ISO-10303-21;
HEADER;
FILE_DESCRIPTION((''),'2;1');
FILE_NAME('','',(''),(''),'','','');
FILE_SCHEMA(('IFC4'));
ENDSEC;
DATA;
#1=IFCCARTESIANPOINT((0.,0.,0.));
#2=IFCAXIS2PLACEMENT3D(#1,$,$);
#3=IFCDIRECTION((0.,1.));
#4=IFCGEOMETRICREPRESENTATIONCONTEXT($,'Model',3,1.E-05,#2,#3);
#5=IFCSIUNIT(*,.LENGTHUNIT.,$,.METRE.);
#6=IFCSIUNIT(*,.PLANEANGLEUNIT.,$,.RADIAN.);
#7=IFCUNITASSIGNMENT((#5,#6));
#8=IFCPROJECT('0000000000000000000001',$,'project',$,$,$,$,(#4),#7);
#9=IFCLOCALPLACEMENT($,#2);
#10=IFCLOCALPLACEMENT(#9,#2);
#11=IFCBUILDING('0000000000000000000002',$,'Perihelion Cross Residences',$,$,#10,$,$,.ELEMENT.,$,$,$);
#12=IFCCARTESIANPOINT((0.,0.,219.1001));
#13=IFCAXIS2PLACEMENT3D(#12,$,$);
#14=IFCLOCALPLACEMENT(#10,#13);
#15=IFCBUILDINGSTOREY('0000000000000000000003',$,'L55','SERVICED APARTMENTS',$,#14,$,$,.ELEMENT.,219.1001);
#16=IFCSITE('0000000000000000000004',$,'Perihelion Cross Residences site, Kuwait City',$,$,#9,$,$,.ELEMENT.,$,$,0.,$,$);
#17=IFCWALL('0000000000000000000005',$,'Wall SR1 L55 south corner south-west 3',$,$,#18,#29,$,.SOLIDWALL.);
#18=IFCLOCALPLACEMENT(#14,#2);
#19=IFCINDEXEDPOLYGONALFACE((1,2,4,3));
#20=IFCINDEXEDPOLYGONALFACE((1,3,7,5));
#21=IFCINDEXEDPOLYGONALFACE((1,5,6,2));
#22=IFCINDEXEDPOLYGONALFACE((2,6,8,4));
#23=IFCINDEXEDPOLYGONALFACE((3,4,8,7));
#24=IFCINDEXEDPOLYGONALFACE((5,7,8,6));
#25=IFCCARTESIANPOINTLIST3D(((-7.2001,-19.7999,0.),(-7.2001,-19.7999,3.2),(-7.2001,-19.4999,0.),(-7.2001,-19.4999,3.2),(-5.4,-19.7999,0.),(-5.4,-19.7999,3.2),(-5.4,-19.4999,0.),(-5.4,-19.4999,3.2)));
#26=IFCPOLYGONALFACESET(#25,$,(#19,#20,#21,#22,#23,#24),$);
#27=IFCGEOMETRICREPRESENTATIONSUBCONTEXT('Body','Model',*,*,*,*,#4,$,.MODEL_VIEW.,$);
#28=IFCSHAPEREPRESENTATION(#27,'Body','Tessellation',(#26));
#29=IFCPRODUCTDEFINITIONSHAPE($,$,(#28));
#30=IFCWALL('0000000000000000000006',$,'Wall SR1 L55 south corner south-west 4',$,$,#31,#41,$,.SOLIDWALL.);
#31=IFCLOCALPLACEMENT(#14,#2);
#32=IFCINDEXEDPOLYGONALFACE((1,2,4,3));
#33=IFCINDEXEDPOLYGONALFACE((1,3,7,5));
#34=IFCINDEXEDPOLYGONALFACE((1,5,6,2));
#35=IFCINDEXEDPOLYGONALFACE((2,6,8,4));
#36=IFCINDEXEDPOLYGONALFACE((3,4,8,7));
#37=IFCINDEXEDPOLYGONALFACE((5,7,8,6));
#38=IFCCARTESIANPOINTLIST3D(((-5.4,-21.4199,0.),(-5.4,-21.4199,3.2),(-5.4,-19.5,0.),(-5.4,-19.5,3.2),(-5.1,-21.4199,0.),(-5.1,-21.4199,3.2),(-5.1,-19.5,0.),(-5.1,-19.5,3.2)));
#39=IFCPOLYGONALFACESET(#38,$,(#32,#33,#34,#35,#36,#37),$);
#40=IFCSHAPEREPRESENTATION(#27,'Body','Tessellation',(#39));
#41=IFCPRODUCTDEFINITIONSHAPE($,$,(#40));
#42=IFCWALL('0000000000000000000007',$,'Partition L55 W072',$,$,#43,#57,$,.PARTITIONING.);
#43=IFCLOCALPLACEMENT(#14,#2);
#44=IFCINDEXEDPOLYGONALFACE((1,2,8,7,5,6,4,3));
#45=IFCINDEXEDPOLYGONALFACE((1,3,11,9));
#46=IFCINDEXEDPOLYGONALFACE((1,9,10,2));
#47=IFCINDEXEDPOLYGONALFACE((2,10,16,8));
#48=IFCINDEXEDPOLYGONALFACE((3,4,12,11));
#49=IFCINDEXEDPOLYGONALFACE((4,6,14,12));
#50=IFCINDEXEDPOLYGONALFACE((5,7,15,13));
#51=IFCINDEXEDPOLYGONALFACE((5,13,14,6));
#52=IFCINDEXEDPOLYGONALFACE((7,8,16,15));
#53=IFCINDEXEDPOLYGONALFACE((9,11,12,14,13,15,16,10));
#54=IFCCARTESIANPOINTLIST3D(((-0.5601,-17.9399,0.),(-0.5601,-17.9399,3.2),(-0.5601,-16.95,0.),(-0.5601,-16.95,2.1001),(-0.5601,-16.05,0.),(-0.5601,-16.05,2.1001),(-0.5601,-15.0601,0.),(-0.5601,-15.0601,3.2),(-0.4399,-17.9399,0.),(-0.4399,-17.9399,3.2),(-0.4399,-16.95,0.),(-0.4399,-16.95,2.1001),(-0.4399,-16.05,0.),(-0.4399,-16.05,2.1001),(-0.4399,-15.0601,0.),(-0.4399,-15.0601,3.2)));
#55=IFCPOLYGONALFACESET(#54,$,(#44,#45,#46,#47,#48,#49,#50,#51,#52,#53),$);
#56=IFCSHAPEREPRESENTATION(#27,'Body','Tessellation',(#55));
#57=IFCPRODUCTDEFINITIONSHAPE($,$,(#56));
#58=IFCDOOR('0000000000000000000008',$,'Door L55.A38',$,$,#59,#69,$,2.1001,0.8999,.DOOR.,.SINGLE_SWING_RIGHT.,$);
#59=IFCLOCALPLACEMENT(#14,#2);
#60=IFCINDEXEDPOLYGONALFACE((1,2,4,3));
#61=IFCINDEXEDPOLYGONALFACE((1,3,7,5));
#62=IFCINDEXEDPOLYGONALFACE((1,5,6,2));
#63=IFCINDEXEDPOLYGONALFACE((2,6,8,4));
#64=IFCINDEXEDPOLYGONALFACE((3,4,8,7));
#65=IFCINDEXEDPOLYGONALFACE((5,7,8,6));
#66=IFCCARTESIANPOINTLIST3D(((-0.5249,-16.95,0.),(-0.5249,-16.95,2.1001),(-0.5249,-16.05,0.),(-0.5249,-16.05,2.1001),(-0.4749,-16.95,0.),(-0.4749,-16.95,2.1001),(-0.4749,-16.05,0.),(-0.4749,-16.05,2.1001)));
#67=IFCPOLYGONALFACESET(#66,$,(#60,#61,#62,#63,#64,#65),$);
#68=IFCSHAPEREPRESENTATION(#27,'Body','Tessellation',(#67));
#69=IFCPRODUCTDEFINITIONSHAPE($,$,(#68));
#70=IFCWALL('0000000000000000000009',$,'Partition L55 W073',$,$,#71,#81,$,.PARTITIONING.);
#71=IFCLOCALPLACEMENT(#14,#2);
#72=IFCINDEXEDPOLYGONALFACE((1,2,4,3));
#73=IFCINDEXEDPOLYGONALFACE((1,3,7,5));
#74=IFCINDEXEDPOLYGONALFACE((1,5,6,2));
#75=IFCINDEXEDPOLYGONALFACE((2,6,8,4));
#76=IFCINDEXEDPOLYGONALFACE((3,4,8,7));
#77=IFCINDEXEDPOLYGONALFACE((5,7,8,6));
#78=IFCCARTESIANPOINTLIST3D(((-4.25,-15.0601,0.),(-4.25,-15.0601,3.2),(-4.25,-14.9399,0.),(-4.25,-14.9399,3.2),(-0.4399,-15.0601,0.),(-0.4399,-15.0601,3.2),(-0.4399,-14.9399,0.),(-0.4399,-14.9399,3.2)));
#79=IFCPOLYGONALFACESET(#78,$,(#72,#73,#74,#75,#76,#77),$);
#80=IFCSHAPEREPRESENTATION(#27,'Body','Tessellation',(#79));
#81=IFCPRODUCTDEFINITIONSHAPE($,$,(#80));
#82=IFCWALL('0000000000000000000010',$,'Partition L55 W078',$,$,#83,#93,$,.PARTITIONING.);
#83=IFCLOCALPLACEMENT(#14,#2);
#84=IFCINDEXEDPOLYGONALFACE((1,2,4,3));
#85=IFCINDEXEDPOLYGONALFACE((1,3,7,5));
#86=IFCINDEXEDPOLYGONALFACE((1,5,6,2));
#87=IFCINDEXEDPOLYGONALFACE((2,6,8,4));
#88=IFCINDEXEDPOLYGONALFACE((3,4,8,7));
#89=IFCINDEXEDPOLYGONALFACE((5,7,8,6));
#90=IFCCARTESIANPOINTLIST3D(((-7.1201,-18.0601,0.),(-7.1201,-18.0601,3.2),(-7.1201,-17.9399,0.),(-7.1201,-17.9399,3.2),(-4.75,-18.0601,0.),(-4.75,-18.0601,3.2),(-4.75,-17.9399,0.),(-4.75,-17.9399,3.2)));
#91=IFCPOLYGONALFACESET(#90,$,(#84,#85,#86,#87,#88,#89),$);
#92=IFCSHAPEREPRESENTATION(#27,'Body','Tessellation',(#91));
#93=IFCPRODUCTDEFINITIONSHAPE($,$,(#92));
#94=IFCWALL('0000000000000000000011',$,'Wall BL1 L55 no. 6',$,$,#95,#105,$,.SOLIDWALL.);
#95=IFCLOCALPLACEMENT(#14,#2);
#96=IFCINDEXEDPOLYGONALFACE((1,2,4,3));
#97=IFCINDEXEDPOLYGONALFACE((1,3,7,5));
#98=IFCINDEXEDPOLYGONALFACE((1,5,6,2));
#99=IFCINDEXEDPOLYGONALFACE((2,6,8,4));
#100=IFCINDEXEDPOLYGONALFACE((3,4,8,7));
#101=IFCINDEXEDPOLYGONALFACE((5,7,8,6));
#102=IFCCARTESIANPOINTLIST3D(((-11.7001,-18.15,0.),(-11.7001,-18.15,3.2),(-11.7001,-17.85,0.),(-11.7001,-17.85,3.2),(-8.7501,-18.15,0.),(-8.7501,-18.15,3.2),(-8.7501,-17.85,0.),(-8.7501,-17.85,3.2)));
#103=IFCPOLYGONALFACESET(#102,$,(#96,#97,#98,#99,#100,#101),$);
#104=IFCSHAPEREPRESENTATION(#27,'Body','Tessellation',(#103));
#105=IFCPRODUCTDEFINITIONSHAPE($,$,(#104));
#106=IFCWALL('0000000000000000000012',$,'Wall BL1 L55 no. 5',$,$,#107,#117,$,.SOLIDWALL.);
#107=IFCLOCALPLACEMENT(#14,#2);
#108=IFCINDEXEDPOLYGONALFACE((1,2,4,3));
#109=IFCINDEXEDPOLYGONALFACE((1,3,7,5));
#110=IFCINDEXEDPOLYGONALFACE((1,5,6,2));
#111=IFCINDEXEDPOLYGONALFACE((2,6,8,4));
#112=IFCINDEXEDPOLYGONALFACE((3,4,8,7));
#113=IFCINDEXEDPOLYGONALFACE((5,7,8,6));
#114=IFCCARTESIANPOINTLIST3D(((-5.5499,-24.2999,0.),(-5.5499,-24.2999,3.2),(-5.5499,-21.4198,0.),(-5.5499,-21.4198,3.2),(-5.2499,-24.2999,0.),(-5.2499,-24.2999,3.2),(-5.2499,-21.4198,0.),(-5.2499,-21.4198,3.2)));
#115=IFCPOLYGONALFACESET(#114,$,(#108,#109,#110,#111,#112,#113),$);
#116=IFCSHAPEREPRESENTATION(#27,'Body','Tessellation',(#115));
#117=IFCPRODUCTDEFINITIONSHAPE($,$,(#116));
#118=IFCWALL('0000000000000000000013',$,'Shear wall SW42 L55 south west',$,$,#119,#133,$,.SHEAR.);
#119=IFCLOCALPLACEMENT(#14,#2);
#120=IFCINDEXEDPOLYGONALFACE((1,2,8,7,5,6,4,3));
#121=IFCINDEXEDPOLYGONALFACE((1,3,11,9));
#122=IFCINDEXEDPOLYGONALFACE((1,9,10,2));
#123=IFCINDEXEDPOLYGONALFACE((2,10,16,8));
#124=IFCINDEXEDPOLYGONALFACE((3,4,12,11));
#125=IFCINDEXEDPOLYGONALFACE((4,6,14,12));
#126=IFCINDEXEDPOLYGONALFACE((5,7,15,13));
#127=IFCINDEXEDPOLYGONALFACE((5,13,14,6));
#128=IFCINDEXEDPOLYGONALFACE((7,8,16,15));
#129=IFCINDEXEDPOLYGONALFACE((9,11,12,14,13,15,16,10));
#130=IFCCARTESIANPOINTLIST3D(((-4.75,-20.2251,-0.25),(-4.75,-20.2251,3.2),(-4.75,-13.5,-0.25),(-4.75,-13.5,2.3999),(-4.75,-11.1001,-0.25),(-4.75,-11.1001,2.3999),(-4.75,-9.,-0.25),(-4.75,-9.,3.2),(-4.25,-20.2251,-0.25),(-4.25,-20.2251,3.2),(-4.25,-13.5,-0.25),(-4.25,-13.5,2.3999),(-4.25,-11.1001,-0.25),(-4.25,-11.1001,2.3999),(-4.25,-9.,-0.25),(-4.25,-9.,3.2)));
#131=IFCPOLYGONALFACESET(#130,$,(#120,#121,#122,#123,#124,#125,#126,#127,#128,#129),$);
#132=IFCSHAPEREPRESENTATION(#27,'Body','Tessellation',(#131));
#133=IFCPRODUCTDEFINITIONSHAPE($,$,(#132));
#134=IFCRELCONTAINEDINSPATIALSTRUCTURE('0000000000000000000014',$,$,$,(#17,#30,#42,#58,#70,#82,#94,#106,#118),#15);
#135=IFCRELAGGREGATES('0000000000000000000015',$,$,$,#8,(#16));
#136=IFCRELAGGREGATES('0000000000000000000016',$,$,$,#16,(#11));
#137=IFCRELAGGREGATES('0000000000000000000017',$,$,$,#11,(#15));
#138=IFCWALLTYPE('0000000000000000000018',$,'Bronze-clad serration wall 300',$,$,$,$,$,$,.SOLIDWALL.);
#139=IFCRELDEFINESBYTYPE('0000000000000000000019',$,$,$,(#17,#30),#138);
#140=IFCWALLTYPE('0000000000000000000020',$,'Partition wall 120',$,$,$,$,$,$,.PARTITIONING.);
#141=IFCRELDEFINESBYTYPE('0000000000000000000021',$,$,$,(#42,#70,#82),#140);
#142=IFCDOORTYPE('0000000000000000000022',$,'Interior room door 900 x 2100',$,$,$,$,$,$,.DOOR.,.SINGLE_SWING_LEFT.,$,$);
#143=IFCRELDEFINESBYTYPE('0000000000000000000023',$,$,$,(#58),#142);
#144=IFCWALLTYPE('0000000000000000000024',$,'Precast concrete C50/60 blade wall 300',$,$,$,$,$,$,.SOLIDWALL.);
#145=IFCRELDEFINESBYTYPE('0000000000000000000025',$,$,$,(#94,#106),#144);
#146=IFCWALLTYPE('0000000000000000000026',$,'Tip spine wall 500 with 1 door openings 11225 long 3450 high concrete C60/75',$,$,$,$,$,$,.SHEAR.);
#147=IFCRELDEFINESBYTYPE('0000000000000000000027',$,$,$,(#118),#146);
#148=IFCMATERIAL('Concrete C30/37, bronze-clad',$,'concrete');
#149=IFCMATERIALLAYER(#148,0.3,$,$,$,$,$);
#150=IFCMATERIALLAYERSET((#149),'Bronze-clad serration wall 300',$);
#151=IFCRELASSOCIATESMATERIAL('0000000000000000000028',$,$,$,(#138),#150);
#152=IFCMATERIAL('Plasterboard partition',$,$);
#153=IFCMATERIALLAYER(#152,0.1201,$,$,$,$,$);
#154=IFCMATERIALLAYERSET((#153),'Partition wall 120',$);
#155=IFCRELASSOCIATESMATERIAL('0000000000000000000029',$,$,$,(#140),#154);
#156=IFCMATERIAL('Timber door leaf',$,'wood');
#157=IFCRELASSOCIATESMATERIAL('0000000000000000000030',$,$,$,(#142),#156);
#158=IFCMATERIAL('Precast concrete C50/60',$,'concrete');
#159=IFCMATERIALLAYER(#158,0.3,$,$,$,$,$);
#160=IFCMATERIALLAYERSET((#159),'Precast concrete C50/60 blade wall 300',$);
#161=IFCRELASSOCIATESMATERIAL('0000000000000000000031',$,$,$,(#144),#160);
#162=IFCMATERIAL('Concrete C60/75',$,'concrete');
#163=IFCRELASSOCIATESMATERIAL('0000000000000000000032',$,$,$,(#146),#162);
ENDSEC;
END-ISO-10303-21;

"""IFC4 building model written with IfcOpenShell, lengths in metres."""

from ifc_helpers import new_model, si_unit, direction, frame, frame_2d, origin, place, context, subcontext, project, spatial, polyline, rectangle, outline, extrude, material, layer, layer_set, material_profile, profile_set, type_object, element, fill, save


model = new_model("IFC4")

# Units and contexts
model_context = context("Model", 3, precision=1e-05, world=origin(), true_north=direction((0.0, 1.0)))
body_context = subcontext(model_context, "Body", "Model", "MODEL_VIEW")
ifc_project = project(units=[si_unit("LENGTHUNIT", "METRE"), si_unit("PLANEANGLEUNIT", "RADIAN")], contexts=[model_context])

# Site, building, storey
site_placement = place(None, origin())
site = spatial("IfcSite", under=ifc_project, at=site_placement, Name="Perihelion Cross Residences site, Kuwait City", CompositionType="ELEMENT", RefElevation=0.0)
building_placement = place(site_placement, origin())
building = spatial("IfcBuilding", under=site, at=building_placement, Name="Perihelion Cross Residences", CompositionType="ELEMENT")
storey_placement = place(building_placement, frame((0.0, 0.0, 219.1001)))
storey = spatial("IfcBuildingStorey", under=building, at=storey_placement, Name="L55", Description="SERVICED APARTMENTS", CompositionType="ELEMENT", Elevation=219.1001)

# Walls
ifc_material_1 = material(Name="Concrete C30/37, bronze-clad", Category="concrete")
ifc_layer_1 = layer(ifc_material_1, 0.3)
ifc_layer_set_1 = layer_set([ifc_layer_1], Name="Bronze-clad serration wall 300")
wall_type_1 = type_object("IfcWallType", Name="Bronze-clad serration wall 300", PredefinedType="SOLIDWALL", material=ifc_layer_set_1)
for number, where, z_axis, x_axis, name in (
    (1, (-7.2, -19.6499, 0.0), (0.0, 0.0, 1.0), (1.0, 0.0, 0.0), "Wall SR1 L55 south corner south-west 3"),
):
    element("IfcWall", number, at=place(storey_placement, frame(where, z_axis=z_axis, x_axis=x_axis)), inside=storey, type_object=wall_type_1, Name=name, PredefinedType="SOLIDWALL", context=body_context, shape_type="SweptSolid", body=[
        extrude(rectangle(XDim=1.8, YDim=0.3, at=frame_2d((0.8999, 0.0))), origin(), (0.0, 0.0, 1.0), 3.2),
    ])
wall_1_placement = place(storey_placement, frame((-5.25, -19.5, 0.0), z_axis=(0.0, 0.0, 1.0), x_axis=(0.0, -1.0, 0.0)))
element("IfcWall", 2, at=wall_1_placement, inside=storey, type_object=wall_type_1, Name="Wall SR1 L55 south corner south-west 4", PredefinedType="SOLIDWALL", context=body_context, shape_type="SweptSolid", body=[
    extrude(rectangle(XDim=1.9199, YDim=0.3, at=frame_2d((0.96, 0.0))), origin(), (0.0, 0.0, 1.0), 3.2),
])

# Wall, opening, door
ifc_material_2 = material(Name="Plasterboard partition")
ifc_layer_2 = layer(ifc_material_2, 0.1201)
ifc_layer_set_2 = layer_set([ifc_layer_2], Name="Partition wall 120")
wall_type_2 = type_object("IfcWallType", Name="Partition wall 120", PredefinedType="PARTITIONING", material=ifc_layer_set_2)
wall_2_placement = place(storey_placement, frame((-0.5, -17.9399, 0.0), z_axis=(0.0, 0.0, 1.0), x_axis=(0.0, 1.0, 0.0)))
wall_2 = element("IfcWall", 3, at=wall_2_placement, inside=storey, type_object=wall_type_2, Name="Partition L55 W072", PredefinedType="PARTITIONING", context=body_context, shape_type="SweptSolid", body=[
    extrude(rectangle(XDim=2.8799, YDim=0.1201, at=frame_2d((1.4399, 0.0))), origin(), (0.0, 0.0, 1.0), 3.2),
])
opening_1_placement = place(wall_2_placement, frame((0.99, 0.0, 0.0)))
opening_1 = element("IfcOpeningElement", 4, at=opening_1_placement, cuts=wall_2, PredefinedType="OPENING", context=body_context, shape_type="SweptSolid", body=[
    extrude(rectangle(XDim=0.8999, YDim=2.1001, at=frame_2d((0.45, 1.05))), frame((0.0, 0.0701, 0.0), z_axis=(0.0, -1.0, 0.0), x_axis=(1.0, 0.0, 0.0)), (0.0, 0.0, 1.0), 0.1401),
])
ifc_material_3 = material(Name="Timber door leaf", Category="wood")
door_type_1 = type_object("IfcDoorType", Name="Interior room door 900 x 2100", OperationType="SINGLE_SWING_LEFT", PredefinedType="DOOR", material=ifc_material_3)
door_1_placement = place(opening_1_placement, origin())
door_1 = element("IfcDoor", 5, at=door_1_placement, inside=storey, type_object=door_type_1, Name="Door L55.A38", OperationType="SINGLE_SWING_RIGHT", OverallHeight=2.1001, OverallWidth=0.8999, PredefinedType="DOOR", context=body_context, shape_type="SweptSolid", body=[
    extrude(rectangle(XDim=0.8999, YDim=2.1001, at=frame_2d((0.45, 1.05))), frame((0.0, 0.0249, 0.0), z_axis=(0.0, -1.0, 0.0), x_axis=(1.0, 0.0, 0.0)), (0.0, 0.0, 1.0), 0.05),
])
fill(opening_1, door_1)

# Walls
wall_3_placement = place(storey_placement, frame((-0.4399, -15.0, 0.0), z_axis=(0.0, 0.0, 1.0), x_axis=(-1.0, 0.0, 0.0)))
element("IfcWall", 6, at=wall_3_placement, inside=storey, type_object=wall_type_2, Name="Partition L55 W073", PredefinedType="PARTITIONING", context=body_context, shape_type="SweptSolid", body=[
    extrude(rectangle(XDim=3.8101, YDim=0.1201, at=frame_2d((1.905, 0.0))), origin(), (0.0, 0.0, 1.0), 3.2),
])
wall_4_placement = place(storey_placement, frame((-4.75, -18.0, 0.0), z_axis=(0.0, 0.0, 1.0), x_axis=(-1.0, 0.0, 0.0)))
element("IfcWall", 7, at=wall_4_placement, inside=storey, type_object=wall_type_2, Name="Partition L55 W078", PredefinedType="PARTITIONING", context=body_context, shape_type="SweptSolid", body=[
    extrude(rectangle(XDim=2.3701, YDim=0.1201, at=frame_2d((1.1851, 0.0))), origin(), (0.0, 0.0, 1.0), 3.2),
])
ifc_material_4 = material(Name="Precast concrete C50/60", Category="concrete")
ifc_layer_3 = layer(ifc_material_4, 0.3)
ifc_layer_set_3 = layer_set([ifc_layer_3], Name="Precast concrete C50/60 blade wall 300")
wall_type_3 = type_object("IfcWallType", Name="Precast concrete C50/60 blade wall 300", PredefinedType="SOLIDWALL", material=ifc_layer_set_3)
wall_5_placement = place(storey_placement, frame((-8.75, -18.0, 0.0), z_axis=(0.0, 0.0, 1.0), x_axis=(-1.0, 0.0, 0.0)))
element("IfcWall", 8, at=wall_5_placement, inside=storey, type_object=wall_type_3, Name="Wall BL1 L55 no. 6", PredefinedType="SOLIDWALL", context=body_context, shape_type="SweptSolid", body=[
    extrude(rectangle(XDim=2.95, YDim=0.3, at=frame_2d((1.4751, 0.0))), origin(), (0.0, 0.0, 1.0), 3.2),
])
wall_6_placement = place(storey_placement, frame((-5.3999, -21.4199, 0.0), z_axis=(0.0, 0.0, 1.0), x_axis=(0.0, -1.0, 0.0)))
element("IfcWall", 9, at=wall_6_placement, inside=storey, type_object=wall_type_3, Name="Wall BL1 L55 no. 5", PredefinedType="SOLIDWALL", context=body_context, shape_type="SweptSolid", body=[
    extrude(rectangle(XDim=2.8801, YDim=0.3, at=frame_2d((1.4399, 0.0))), origin(), (0.0, 0.0, 1.0), 3.2),
])
ifc_material_5 = material(Name="Concrete C60/75", Category="concrete")
ifc_material_profile_1 = material_profile(ifc_material_5, outline(polyline([(0.0, 0.0), (6.7251, 0.0), (6.7251, 2.6499), (9.125, 2.6499), (9.125, 0.0), (11.2251, 0.0), (11.2251, 3.45), (0.0, 3.45), (0.0, 0.0)])), Name="Tip spine wall")
ifc_profile_set_1 = profile_set([ifc_material_profile_1], Name="Concrete C60/75")
wall_type_4 = type_object("IfcWallType", Name="Tip spine wall 500 with 1 door openings 11225 long 3450 high concrete C60/75", PredefinedType="SHEAR", material=ifc_profile_set_1)
wall_7_placement = place(storey_placement, frame((-4.75, -20.2251, -0.25), z_axis=(1.0, 0.0, 0.0), x_axis=(0.0, 1.0, 0.0)))
element("IfcWall", 10, at=wall_7_placement, inside=storey, type_object=wall_type_4, Name="Shear wall SW42 L55 south west", PredefinedType="SHEAR", context=body_context, shape_type="SweptSolid", body=[
    extrude(outline(polyline([(0.0, 0.0), (6.7251, 0.0), (6.7251, 2.6499), (9.125, 2.6499), (9.125, 0.0), (11.2251, 0.0), (11.2251, 3.45), (0.0, 3.45), (0.0, 0.0)])), origin(), (0.0, 0.0, 1.0), 0.5),
])

save(model, "model.ifc")
